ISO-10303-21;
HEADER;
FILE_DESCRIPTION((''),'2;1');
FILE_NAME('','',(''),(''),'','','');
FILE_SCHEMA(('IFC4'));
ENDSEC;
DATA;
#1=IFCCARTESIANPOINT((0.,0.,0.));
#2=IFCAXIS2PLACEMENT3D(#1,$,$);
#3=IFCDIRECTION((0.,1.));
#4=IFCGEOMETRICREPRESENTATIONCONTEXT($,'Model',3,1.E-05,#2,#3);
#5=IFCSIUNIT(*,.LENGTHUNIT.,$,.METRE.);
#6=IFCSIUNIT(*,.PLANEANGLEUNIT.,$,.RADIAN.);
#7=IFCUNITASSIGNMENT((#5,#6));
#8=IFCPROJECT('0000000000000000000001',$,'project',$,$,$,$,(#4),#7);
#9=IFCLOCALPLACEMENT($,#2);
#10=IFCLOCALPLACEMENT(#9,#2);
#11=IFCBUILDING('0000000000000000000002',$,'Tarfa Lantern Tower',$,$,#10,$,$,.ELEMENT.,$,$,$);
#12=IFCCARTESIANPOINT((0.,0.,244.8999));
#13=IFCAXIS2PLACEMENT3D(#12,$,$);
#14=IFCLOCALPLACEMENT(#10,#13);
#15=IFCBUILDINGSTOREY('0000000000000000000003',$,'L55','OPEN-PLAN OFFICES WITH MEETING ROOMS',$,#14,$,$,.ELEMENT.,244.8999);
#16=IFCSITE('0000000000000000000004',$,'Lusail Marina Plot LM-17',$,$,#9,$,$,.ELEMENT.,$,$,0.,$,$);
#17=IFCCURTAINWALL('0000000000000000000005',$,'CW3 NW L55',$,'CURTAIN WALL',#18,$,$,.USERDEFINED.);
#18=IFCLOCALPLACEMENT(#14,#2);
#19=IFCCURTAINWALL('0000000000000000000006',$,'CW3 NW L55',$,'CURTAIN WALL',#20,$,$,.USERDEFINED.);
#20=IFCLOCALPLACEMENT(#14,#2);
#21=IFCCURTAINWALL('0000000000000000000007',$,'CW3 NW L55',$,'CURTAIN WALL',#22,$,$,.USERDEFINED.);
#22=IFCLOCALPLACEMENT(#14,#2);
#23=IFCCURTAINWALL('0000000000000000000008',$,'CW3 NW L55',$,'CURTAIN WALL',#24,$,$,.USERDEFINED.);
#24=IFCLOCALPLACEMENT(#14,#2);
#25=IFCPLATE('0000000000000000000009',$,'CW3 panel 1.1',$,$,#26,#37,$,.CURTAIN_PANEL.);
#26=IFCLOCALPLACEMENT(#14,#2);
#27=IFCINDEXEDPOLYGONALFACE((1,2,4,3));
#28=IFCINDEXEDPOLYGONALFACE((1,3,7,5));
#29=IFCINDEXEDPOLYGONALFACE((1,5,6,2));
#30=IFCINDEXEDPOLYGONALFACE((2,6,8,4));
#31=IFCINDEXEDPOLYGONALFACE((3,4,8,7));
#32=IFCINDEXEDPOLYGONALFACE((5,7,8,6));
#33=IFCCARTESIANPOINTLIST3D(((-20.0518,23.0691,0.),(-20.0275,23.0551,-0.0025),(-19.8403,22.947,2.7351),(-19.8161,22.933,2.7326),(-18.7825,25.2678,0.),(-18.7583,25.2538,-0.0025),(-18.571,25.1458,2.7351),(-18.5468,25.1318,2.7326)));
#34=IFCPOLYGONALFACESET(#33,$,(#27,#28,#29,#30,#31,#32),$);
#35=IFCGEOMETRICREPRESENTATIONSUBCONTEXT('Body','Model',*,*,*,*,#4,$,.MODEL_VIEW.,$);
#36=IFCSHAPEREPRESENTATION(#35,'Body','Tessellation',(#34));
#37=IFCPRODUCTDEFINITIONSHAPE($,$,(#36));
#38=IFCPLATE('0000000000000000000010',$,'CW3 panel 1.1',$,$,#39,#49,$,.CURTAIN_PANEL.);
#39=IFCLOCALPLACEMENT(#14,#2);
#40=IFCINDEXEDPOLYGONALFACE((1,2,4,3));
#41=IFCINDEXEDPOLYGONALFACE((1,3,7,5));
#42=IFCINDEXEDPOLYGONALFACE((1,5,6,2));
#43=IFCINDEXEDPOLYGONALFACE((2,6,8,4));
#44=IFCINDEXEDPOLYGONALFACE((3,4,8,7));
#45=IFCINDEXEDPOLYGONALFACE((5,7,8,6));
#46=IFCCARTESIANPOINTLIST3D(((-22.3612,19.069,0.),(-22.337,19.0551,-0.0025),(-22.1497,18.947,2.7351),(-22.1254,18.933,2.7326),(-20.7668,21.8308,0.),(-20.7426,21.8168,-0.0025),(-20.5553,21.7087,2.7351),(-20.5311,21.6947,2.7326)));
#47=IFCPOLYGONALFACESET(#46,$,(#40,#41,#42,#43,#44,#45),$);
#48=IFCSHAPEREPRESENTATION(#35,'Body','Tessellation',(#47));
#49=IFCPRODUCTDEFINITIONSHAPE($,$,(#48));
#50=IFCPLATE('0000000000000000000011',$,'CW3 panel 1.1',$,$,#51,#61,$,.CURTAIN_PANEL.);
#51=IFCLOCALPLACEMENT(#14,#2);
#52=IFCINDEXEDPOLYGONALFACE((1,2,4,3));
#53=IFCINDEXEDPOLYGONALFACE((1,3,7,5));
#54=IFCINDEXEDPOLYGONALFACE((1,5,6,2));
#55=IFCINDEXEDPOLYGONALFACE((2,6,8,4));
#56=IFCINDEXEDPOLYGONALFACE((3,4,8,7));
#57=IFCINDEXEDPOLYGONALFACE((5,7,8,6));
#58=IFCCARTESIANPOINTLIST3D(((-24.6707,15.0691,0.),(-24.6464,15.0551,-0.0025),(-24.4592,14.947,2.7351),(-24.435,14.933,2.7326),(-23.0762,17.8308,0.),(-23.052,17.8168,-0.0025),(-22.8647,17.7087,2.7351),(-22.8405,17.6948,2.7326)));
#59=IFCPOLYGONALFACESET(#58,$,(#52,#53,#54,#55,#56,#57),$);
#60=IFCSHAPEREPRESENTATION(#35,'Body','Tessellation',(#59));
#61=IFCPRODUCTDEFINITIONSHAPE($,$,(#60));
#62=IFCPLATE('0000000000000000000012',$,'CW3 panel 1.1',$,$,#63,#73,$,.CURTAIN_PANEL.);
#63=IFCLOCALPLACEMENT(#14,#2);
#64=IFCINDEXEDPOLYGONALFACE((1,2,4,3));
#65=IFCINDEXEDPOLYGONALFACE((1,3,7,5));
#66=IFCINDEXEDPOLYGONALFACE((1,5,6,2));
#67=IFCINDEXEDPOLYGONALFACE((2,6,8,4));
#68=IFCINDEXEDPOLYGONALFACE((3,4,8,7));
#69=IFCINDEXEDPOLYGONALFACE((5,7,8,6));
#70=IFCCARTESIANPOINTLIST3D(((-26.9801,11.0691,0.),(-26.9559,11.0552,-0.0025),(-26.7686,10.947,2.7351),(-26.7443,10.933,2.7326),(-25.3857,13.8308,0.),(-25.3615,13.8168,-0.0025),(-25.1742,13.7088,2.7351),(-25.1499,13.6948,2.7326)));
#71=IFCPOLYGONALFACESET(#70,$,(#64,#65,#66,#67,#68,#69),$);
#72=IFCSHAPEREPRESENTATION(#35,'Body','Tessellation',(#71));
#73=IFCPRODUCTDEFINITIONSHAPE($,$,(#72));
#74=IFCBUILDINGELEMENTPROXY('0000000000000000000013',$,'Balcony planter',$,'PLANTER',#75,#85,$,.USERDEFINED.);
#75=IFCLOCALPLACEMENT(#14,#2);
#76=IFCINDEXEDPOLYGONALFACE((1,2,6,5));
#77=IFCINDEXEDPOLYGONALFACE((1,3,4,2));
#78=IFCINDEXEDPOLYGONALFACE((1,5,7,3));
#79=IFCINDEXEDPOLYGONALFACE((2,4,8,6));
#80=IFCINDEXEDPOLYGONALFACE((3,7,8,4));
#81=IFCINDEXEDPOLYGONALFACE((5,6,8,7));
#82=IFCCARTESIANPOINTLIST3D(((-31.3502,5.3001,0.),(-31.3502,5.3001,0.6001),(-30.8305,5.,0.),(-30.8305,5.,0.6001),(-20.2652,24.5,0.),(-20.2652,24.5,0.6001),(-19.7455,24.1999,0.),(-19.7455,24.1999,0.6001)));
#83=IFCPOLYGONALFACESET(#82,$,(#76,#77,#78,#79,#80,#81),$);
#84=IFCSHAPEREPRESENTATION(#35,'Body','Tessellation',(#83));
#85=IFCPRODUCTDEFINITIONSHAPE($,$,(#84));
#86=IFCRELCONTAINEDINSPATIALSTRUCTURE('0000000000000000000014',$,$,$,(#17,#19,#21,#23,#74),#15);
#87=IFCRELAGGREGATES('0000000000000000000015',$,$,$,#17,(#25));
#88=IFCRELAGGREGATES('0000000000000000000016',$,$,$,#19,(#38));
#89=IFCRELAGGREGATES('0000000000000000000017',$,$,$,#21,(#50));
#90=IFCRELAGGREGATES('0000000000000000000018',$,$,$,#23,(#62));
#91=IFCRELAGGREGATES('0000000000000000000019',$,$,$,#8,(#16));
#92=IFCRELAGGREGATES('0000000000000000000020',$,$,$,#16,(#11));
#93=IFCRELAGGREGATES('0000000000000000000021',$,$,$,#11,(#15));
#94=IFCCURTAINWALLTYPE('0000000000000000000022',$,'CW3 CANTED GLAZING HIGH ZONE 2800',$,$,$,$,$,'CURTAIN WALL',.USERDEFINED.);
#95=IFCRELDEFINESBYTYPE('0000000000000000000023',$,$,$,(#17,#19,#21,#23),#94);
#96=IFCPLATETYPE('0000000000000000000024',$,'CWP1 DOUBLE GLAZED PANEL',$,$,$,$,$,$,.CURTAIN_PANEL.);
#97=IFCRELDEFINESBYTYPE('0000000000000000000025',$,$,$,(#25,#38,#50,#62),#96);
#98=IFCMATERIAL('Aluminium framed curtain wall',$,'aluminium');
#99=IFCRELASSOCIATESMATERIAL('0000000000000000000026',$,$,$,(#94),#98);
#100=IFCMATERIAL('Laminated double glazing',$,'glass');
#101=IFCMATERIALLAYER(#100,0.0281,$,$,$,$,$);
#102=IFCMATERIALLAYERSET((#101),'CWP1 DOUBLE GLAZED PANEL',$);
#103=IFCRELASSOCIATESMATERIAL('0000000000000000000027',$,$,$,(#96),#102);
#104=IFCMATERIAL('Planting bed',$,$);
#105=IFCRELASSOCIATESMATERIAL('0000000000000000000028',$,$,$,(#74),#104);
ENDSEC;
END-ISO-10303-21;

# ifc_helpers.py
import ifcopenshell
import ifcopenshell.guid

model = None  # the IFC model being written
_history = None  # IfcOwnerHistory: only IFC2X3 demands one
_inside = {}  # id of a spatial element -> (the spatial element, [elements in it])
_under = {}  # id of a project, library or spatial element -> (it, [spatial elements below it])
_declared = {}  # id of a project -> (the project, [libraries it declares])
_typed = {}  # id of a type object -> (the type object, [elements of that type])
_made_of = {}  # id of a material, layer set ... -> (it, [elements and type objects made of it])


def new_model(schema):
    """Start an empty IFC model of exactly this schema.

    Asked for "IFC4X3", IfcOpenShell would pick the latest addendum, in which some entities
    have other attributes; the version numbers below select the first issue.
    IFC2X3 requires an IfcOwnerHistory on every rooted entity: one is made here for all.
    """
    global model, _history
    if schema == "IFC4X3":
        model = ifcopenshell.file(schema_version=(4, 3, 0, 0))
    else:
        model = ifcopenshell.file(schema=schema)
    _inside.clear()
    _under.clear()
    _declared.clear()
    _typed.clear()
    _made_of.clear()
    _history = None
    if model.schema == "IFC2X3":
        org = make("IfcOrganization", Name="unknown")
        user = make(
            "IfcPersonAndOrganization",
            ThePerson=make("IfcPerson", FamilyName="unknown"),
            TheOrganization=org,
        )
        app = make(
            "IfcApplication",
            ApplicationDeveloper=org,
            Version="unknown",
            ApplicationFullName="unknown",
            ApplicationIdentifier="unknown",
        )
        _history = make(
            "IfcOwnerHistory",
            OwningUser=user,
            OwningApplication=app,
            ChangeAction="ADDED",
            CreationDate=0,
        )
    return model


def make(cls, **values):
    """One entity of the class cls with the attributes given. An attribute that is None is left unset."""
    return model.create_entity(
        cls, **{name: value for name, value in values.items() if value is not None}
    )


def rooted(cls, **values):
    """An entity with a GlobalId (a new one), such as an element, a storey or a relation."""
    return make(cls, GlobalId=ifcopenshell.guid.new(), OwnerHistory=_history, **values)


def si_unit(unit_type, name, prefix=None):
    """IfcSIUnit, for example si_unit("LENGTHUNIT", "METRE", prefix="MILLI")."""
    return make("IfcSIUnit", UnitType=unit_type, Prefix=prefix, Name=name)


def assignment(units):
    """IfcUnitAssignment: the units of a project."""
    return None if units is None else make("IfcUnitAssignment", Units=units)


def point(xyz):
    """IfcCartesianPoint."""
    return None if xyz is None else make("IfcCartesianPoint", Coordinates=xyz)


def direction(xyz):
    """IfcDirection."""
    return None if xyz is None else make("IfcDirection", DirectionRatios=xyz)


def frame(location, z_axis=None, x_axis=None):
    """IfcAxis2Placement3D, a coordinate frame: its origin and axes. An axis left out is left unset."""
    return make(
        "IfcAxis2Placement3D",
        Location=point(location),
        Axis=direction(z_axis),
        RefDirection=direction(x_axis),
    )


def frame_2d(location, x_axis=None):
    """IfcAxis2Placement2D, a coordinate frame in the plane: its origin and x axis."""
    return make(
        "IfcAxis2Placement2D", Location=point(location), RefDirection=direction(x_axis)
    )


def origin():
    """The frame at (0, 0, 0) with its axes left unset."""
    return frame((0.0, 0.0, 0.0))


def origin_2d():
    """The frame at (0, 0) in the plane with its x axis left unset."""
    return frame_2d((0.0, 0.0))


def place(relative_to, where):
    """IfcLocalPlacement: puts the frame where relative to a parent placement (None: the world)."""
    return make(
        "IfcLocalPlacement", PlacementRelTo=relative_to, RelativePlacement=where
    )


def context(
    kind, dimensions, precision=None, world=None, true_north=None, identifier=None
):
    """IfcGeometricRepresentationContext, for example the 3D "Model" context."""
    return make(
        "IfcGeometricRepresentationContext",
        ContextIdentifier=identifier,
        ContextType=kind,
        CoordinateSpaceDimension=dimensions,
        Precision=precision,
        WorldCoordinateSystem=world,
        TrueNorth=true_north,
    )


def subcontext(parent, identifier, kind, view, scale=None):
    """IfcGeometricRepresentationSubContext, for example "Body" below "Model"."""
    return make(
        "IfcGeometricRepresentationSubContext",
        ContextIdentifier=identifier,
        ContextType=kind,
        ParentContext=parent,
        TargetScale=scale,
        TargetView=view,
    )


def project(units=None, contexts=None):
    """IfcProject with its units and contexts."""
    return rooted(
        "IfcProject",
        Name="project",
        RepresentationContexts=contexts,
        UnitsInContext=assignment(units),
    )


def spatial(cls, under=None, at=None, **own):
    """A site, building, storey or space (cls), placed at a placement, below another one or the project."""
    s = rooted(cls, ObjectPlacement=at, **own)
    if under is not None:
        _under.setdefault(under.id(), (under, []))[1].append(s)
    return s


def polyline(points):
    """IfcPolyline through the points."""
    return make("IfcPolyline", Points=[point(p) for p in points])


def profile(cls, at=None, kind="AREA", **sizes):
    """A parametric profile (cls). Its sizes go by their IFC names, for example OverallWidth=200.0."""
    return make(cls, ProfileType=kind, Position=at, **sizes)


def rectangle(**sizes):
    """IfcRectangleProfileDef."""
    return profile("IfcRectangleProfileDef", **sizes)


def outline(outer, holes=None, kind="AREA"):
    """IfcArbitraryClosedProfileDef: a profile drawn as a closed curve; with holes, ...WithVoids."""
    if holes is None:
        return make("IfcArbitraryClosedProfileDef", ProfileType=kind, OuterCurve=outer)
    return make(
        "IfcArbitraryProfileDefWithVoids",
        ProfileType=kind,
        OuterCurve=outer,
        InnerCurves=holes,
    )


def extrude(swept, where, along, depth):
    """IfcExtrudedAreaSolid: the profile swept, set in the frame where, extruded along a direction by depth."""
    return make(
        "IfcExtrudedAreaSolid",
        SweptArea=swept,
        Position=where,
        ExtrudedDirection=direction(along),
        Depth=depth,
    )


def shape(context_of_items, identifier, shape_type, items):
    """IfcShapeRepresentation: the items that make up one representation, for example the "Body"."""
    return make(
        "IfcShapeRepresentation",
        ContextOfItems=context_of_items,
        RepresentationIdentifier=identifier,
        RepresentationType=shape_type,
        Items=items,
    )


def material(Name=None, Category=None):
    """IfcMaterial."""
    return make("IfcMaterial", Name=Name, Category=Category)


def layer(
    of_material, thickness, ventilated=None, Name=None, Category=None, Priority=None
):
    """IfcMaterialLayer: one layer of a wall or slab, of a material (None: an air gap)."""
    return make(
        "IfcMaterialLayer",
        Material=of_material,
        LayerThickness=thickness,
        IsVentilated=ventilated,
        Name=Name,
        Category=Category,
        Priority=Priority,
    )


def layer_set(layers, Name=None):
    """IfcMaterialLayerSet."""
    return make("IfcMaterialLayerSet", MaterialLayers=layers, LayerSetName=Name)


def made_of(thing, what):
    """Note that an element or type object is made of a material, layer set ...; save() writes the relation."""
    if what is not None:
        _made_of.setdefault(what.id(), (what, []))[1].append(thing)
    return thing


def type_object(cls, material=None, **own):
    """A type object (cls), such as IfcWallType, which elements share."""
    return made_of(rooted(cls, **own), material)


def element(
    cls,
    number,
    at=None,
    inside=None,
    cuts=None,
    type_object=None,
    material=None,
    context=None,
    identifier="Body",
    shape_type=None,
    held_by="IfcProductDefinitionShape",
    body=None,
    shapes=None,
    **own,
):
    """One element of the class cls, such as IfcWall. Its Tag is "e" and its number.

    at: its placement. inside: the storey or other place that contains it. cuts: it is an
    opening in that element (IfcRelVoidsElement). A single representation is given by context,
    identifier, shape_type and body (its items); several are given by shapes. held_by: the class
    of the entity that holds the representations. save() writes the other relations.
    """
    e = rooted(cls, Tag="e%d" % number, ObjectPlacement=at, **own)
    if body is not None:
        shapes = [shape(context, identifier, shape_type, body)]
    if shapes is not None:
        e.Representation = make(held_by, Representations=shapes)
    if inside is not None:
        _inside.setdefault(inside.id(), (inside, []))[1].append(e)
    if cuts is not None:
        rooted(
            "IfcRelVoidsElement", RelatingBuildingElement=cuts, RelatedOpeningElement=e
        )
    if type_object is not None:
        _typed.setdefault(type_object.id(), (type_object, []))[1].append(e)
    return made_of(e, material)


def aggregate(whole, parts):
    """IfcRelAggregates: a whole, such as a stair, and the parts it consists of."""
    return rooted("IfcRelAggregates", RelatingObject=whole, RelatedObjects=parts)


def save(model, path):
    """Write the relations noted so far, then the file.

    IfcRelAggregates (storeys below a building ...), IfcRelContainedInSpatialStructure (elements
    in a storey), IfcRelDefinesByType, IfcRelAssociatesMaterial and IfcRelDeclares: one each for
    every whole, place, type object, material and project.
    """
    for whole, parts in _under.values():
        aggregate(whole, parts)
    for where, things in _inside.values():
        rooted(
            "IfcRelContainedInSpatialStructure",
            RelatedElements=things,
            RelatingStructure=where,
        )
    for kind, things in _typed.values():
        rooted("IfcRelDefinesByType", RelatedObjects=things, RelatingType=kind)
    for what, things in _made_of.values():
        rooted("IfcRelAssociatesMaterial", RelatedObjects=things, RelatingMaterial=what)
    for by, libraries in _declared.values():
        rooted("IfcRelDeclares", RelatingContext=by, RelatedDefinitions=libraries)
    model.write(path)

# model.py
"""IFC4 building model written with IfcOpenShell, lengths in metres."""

from ifc_helpers import new_model, si_unit, direction, frame, origin, origin_2d, place, context, subcontext, project, spatial, polyline, rectangle, outline, extrude, material, layer, layer_set, type_object, element, aggregate, save


model = new_model("IFC4")

# Units and contexts
model_context = context("Model", 3, precision=1e-05, world=origin(), true_north=direction((0.0, 1.0)))
body_context = subcontext(model_context, "Body", "Model", "MODEL_VIEW")
ifc_project = project(units=[si_unit("LENGTHUNIT", "METRE"), si_unit("PLANEANGLEUNIT", "RADIAN")], contexts=[model_context])

# Site, building, storey
site_placement = place(None, origin())
site = spatial("IfcSite", under=ifc_project, at=site_placement, Name="Lusail Marina Plot LM-17", CompositionType="ELEMENT", RefElevation=0.0)
building_placement = place(site_placement, origin())
building = spatial("IfcBuilding", under=site, at=building_placement, Name="Tarfa Lantern Tower", CompositionType="ELEMENT")
storey_placement = place(building_placement, frame((0.0, 0.0, 244.8999)))
storey = spatial("IfcBuildingStorey", under=building, at=storey_placement, Name="L55", Description="OPEN-PLAN OFFICES WITH MEETING ROOMS", CompositionType="ELEMENT", Elevation=244.8999)

# Curtain wall
ifc_material_1 = material(Name="Aluminium framed curtain wall", Category="aluminium")
curtain_wall_type = type_object("IfcCurtainWallType", Name="CW3 CANTED GLAZING HIGH ZONE 2800", ElementType="CURTAIN WALL", PredefinedType="USERDEFINED", material=ifc_material_1)
curtain_wall_1_placement = place(storey_placement, origin())
curtain_wall_1 = element("IfcCurtainWall", 1, at=curtain_wall_1_placement, inside=storey, type_object=curtain_wall_type, Name="CW3 NW L55", ObjectType="CURTAIN WALL", PredefinedType="USERDEFINED")

# Curtain walls
curtain_wall_2_placement = place(storey_placement, origin())
curtain_wall_2 = element("IfcCurtainWall", 2, at=curtain_wall_2_placement, inside=storey, type_object=curtain_wall_type, Name="CW3 NW L55", ObjectType="CURTAIN WALL", PredefinedType="USERDEFINED")
curtain_wall_3_placement = place(storey_placement, origin())
curtain_wall_3 = element("IfcCurtainWall", 3, at=curtain_wall_3_placement, inside=storey, type_object=curtain_wall_type, Name="CW3 NW L55", ObjectType="CURTAIN WALL", PredefinedType="USERDEFINED")

# Curtain wall
curtain_wall_4_placement = place(storey_placement, origin())
curtain_wall_4 = element("IfcCurtainWall", 4, at=curtain_wall_4_placement, inside=storey, type_object=curtain_wall_type, Name="CW3 NW L55", ObjectType="CURTAIN WALL", PredefinedType="USERDEFINED")

# Plates
ifc_material_2 = material(Name="Laminated double glazing", Category="glass")
ifc_layer = layer(ifc_material_2, 0.0281)
ifc_layer_set = layer_set([ifc_layer], Name="CWP1 DOUBLE GLAZED PANEL")
plate_type = type_object("IfcPlateType", Name="CWP1 DOUBLE GLAZED PANEL", PredefinedType="CURTAIN_PANEL", material=ifc_layer_set)
plate_1_placement = place(storey_placement, frame((-18.7825, 25.2678, 0.0), z_axis=(-0.862622, 0.497976, 0.088906), x_axis=(-0.499956, -0.866051, 0.0)))
plate_1 = element("IfcPlate", 5, at=plate_1_placement, type_object=plate_type, Name="CW3 panel 1.1", PredefinedType="CURTAIN_PANEL", context=body_context, shape_type="SweptSolid", body=[
    extrude(outline(polyline([(0.0, 0.0), (2.5388, 0.0), (2.5388, 2.746), (0.0, 2.746), (0.0, 0.0)])), origin(), (0.0, 0.0, -1.0), 0.0281),
])
aggregate(curtain_wall_1, [plate_1])
plate_2_placement = place(storey_placement, frame((-20.7668, 21.8308, 0.0), z_axis=(-0.862609, 0.49799, 0.088945), x_axis=(-0.499972, -0.866041, -0.000003)))
plate_2 = element("IfcPlate", 6, at=plate_2_placement, type_object=plate_type, Name="CW3 panel 1.1", PredefinedType="CURTAIN_PANEL", context=body_context, shape_type="SweptSolid", body=[
    extrude(outline(polyline([(0.0, 0.0), (3.189, 0.0), (3.1888, 2.746), (0.0, 2.746), (0.0, 0.0)])), origin(), (0.0, 0.0, -1.0), 0.0281),
])
aggregate(curtain_wall_2, [plate_2])
plate_3_placement = place(storey_placement, frame((-23.0762, 17.8308, 0.0), z_axis=(-0.862595, 0.498021, 0.088906), x_axis=(-0.500001, -0.866025, 0.0)))
plate_3 = element("IfcPlate", 7, at=plate_3_placement, type_object=plate_type, Name="CW3 panel 1.1", PredefinedType="CURTAIN_PANEL", context=body_context, shape_type="SweptSolid", body=[
    extrude(outline(polyline([(0.0, 0.0), (3.189, 0.0), (3.189, 2.746), (0.0, 2.746), (0.0, 0.0)])), origin(), (0.0, 0.0, -1.0), 0.0281),
])
aggregate(curtain_wall_3, [plate_3])
plate_4_placement = place(storey_placement, frame((-25.3857, 13.8308, 0.0), z_axis=(-0.862609, 0.49799, 0.088945), x_axis=(-0.499972, -0.866042, 0.000003)))
plate_4 = element("IfcPlate", 8, at=plate_4_placement, type_object=plate_type, Name="CW3 panel 1.1", PredefinedType="CURTAIN_PANEL", context=body_context, shape_type="SweptSolid", body=[
    extrude(outline(polyline([(0.0, 0.0), (3.1888, 0.0), (3.1889, 2.746), (-0.0001, 2.746), (0.0, 0.0)])), origin(), (0.0, 0.0, -1.0), 0.0281),
])
aggregate(curtain_wall_4, [plate_4])

# Building element proxy
ifc_material_3 = material(Name="Planting bed")
proxy_placement = place(storey_placement, frame((-25.5479, 14.75, 0.0), z_axis=(0.0, 0.0, 1.0), x_axis=(-0.5, -0.866025, 0.0)))
element("IfcBuildingElementProxy", 9, at=proxy_placement, inside=storey, material=ifc_material_3, Name="Balcony planter", ObjectType="PLANTER", PredefinedType="USERDEFINED", context=body_context, shape_type="SweptSolid", body=[
    extrude(rectangle(XDim=22.1702, YDim=0.6001, at=origin_2d()), origin(), (0.0, 0.0, 1.0), 0.6001),
])

save(model, "model.ifc")
